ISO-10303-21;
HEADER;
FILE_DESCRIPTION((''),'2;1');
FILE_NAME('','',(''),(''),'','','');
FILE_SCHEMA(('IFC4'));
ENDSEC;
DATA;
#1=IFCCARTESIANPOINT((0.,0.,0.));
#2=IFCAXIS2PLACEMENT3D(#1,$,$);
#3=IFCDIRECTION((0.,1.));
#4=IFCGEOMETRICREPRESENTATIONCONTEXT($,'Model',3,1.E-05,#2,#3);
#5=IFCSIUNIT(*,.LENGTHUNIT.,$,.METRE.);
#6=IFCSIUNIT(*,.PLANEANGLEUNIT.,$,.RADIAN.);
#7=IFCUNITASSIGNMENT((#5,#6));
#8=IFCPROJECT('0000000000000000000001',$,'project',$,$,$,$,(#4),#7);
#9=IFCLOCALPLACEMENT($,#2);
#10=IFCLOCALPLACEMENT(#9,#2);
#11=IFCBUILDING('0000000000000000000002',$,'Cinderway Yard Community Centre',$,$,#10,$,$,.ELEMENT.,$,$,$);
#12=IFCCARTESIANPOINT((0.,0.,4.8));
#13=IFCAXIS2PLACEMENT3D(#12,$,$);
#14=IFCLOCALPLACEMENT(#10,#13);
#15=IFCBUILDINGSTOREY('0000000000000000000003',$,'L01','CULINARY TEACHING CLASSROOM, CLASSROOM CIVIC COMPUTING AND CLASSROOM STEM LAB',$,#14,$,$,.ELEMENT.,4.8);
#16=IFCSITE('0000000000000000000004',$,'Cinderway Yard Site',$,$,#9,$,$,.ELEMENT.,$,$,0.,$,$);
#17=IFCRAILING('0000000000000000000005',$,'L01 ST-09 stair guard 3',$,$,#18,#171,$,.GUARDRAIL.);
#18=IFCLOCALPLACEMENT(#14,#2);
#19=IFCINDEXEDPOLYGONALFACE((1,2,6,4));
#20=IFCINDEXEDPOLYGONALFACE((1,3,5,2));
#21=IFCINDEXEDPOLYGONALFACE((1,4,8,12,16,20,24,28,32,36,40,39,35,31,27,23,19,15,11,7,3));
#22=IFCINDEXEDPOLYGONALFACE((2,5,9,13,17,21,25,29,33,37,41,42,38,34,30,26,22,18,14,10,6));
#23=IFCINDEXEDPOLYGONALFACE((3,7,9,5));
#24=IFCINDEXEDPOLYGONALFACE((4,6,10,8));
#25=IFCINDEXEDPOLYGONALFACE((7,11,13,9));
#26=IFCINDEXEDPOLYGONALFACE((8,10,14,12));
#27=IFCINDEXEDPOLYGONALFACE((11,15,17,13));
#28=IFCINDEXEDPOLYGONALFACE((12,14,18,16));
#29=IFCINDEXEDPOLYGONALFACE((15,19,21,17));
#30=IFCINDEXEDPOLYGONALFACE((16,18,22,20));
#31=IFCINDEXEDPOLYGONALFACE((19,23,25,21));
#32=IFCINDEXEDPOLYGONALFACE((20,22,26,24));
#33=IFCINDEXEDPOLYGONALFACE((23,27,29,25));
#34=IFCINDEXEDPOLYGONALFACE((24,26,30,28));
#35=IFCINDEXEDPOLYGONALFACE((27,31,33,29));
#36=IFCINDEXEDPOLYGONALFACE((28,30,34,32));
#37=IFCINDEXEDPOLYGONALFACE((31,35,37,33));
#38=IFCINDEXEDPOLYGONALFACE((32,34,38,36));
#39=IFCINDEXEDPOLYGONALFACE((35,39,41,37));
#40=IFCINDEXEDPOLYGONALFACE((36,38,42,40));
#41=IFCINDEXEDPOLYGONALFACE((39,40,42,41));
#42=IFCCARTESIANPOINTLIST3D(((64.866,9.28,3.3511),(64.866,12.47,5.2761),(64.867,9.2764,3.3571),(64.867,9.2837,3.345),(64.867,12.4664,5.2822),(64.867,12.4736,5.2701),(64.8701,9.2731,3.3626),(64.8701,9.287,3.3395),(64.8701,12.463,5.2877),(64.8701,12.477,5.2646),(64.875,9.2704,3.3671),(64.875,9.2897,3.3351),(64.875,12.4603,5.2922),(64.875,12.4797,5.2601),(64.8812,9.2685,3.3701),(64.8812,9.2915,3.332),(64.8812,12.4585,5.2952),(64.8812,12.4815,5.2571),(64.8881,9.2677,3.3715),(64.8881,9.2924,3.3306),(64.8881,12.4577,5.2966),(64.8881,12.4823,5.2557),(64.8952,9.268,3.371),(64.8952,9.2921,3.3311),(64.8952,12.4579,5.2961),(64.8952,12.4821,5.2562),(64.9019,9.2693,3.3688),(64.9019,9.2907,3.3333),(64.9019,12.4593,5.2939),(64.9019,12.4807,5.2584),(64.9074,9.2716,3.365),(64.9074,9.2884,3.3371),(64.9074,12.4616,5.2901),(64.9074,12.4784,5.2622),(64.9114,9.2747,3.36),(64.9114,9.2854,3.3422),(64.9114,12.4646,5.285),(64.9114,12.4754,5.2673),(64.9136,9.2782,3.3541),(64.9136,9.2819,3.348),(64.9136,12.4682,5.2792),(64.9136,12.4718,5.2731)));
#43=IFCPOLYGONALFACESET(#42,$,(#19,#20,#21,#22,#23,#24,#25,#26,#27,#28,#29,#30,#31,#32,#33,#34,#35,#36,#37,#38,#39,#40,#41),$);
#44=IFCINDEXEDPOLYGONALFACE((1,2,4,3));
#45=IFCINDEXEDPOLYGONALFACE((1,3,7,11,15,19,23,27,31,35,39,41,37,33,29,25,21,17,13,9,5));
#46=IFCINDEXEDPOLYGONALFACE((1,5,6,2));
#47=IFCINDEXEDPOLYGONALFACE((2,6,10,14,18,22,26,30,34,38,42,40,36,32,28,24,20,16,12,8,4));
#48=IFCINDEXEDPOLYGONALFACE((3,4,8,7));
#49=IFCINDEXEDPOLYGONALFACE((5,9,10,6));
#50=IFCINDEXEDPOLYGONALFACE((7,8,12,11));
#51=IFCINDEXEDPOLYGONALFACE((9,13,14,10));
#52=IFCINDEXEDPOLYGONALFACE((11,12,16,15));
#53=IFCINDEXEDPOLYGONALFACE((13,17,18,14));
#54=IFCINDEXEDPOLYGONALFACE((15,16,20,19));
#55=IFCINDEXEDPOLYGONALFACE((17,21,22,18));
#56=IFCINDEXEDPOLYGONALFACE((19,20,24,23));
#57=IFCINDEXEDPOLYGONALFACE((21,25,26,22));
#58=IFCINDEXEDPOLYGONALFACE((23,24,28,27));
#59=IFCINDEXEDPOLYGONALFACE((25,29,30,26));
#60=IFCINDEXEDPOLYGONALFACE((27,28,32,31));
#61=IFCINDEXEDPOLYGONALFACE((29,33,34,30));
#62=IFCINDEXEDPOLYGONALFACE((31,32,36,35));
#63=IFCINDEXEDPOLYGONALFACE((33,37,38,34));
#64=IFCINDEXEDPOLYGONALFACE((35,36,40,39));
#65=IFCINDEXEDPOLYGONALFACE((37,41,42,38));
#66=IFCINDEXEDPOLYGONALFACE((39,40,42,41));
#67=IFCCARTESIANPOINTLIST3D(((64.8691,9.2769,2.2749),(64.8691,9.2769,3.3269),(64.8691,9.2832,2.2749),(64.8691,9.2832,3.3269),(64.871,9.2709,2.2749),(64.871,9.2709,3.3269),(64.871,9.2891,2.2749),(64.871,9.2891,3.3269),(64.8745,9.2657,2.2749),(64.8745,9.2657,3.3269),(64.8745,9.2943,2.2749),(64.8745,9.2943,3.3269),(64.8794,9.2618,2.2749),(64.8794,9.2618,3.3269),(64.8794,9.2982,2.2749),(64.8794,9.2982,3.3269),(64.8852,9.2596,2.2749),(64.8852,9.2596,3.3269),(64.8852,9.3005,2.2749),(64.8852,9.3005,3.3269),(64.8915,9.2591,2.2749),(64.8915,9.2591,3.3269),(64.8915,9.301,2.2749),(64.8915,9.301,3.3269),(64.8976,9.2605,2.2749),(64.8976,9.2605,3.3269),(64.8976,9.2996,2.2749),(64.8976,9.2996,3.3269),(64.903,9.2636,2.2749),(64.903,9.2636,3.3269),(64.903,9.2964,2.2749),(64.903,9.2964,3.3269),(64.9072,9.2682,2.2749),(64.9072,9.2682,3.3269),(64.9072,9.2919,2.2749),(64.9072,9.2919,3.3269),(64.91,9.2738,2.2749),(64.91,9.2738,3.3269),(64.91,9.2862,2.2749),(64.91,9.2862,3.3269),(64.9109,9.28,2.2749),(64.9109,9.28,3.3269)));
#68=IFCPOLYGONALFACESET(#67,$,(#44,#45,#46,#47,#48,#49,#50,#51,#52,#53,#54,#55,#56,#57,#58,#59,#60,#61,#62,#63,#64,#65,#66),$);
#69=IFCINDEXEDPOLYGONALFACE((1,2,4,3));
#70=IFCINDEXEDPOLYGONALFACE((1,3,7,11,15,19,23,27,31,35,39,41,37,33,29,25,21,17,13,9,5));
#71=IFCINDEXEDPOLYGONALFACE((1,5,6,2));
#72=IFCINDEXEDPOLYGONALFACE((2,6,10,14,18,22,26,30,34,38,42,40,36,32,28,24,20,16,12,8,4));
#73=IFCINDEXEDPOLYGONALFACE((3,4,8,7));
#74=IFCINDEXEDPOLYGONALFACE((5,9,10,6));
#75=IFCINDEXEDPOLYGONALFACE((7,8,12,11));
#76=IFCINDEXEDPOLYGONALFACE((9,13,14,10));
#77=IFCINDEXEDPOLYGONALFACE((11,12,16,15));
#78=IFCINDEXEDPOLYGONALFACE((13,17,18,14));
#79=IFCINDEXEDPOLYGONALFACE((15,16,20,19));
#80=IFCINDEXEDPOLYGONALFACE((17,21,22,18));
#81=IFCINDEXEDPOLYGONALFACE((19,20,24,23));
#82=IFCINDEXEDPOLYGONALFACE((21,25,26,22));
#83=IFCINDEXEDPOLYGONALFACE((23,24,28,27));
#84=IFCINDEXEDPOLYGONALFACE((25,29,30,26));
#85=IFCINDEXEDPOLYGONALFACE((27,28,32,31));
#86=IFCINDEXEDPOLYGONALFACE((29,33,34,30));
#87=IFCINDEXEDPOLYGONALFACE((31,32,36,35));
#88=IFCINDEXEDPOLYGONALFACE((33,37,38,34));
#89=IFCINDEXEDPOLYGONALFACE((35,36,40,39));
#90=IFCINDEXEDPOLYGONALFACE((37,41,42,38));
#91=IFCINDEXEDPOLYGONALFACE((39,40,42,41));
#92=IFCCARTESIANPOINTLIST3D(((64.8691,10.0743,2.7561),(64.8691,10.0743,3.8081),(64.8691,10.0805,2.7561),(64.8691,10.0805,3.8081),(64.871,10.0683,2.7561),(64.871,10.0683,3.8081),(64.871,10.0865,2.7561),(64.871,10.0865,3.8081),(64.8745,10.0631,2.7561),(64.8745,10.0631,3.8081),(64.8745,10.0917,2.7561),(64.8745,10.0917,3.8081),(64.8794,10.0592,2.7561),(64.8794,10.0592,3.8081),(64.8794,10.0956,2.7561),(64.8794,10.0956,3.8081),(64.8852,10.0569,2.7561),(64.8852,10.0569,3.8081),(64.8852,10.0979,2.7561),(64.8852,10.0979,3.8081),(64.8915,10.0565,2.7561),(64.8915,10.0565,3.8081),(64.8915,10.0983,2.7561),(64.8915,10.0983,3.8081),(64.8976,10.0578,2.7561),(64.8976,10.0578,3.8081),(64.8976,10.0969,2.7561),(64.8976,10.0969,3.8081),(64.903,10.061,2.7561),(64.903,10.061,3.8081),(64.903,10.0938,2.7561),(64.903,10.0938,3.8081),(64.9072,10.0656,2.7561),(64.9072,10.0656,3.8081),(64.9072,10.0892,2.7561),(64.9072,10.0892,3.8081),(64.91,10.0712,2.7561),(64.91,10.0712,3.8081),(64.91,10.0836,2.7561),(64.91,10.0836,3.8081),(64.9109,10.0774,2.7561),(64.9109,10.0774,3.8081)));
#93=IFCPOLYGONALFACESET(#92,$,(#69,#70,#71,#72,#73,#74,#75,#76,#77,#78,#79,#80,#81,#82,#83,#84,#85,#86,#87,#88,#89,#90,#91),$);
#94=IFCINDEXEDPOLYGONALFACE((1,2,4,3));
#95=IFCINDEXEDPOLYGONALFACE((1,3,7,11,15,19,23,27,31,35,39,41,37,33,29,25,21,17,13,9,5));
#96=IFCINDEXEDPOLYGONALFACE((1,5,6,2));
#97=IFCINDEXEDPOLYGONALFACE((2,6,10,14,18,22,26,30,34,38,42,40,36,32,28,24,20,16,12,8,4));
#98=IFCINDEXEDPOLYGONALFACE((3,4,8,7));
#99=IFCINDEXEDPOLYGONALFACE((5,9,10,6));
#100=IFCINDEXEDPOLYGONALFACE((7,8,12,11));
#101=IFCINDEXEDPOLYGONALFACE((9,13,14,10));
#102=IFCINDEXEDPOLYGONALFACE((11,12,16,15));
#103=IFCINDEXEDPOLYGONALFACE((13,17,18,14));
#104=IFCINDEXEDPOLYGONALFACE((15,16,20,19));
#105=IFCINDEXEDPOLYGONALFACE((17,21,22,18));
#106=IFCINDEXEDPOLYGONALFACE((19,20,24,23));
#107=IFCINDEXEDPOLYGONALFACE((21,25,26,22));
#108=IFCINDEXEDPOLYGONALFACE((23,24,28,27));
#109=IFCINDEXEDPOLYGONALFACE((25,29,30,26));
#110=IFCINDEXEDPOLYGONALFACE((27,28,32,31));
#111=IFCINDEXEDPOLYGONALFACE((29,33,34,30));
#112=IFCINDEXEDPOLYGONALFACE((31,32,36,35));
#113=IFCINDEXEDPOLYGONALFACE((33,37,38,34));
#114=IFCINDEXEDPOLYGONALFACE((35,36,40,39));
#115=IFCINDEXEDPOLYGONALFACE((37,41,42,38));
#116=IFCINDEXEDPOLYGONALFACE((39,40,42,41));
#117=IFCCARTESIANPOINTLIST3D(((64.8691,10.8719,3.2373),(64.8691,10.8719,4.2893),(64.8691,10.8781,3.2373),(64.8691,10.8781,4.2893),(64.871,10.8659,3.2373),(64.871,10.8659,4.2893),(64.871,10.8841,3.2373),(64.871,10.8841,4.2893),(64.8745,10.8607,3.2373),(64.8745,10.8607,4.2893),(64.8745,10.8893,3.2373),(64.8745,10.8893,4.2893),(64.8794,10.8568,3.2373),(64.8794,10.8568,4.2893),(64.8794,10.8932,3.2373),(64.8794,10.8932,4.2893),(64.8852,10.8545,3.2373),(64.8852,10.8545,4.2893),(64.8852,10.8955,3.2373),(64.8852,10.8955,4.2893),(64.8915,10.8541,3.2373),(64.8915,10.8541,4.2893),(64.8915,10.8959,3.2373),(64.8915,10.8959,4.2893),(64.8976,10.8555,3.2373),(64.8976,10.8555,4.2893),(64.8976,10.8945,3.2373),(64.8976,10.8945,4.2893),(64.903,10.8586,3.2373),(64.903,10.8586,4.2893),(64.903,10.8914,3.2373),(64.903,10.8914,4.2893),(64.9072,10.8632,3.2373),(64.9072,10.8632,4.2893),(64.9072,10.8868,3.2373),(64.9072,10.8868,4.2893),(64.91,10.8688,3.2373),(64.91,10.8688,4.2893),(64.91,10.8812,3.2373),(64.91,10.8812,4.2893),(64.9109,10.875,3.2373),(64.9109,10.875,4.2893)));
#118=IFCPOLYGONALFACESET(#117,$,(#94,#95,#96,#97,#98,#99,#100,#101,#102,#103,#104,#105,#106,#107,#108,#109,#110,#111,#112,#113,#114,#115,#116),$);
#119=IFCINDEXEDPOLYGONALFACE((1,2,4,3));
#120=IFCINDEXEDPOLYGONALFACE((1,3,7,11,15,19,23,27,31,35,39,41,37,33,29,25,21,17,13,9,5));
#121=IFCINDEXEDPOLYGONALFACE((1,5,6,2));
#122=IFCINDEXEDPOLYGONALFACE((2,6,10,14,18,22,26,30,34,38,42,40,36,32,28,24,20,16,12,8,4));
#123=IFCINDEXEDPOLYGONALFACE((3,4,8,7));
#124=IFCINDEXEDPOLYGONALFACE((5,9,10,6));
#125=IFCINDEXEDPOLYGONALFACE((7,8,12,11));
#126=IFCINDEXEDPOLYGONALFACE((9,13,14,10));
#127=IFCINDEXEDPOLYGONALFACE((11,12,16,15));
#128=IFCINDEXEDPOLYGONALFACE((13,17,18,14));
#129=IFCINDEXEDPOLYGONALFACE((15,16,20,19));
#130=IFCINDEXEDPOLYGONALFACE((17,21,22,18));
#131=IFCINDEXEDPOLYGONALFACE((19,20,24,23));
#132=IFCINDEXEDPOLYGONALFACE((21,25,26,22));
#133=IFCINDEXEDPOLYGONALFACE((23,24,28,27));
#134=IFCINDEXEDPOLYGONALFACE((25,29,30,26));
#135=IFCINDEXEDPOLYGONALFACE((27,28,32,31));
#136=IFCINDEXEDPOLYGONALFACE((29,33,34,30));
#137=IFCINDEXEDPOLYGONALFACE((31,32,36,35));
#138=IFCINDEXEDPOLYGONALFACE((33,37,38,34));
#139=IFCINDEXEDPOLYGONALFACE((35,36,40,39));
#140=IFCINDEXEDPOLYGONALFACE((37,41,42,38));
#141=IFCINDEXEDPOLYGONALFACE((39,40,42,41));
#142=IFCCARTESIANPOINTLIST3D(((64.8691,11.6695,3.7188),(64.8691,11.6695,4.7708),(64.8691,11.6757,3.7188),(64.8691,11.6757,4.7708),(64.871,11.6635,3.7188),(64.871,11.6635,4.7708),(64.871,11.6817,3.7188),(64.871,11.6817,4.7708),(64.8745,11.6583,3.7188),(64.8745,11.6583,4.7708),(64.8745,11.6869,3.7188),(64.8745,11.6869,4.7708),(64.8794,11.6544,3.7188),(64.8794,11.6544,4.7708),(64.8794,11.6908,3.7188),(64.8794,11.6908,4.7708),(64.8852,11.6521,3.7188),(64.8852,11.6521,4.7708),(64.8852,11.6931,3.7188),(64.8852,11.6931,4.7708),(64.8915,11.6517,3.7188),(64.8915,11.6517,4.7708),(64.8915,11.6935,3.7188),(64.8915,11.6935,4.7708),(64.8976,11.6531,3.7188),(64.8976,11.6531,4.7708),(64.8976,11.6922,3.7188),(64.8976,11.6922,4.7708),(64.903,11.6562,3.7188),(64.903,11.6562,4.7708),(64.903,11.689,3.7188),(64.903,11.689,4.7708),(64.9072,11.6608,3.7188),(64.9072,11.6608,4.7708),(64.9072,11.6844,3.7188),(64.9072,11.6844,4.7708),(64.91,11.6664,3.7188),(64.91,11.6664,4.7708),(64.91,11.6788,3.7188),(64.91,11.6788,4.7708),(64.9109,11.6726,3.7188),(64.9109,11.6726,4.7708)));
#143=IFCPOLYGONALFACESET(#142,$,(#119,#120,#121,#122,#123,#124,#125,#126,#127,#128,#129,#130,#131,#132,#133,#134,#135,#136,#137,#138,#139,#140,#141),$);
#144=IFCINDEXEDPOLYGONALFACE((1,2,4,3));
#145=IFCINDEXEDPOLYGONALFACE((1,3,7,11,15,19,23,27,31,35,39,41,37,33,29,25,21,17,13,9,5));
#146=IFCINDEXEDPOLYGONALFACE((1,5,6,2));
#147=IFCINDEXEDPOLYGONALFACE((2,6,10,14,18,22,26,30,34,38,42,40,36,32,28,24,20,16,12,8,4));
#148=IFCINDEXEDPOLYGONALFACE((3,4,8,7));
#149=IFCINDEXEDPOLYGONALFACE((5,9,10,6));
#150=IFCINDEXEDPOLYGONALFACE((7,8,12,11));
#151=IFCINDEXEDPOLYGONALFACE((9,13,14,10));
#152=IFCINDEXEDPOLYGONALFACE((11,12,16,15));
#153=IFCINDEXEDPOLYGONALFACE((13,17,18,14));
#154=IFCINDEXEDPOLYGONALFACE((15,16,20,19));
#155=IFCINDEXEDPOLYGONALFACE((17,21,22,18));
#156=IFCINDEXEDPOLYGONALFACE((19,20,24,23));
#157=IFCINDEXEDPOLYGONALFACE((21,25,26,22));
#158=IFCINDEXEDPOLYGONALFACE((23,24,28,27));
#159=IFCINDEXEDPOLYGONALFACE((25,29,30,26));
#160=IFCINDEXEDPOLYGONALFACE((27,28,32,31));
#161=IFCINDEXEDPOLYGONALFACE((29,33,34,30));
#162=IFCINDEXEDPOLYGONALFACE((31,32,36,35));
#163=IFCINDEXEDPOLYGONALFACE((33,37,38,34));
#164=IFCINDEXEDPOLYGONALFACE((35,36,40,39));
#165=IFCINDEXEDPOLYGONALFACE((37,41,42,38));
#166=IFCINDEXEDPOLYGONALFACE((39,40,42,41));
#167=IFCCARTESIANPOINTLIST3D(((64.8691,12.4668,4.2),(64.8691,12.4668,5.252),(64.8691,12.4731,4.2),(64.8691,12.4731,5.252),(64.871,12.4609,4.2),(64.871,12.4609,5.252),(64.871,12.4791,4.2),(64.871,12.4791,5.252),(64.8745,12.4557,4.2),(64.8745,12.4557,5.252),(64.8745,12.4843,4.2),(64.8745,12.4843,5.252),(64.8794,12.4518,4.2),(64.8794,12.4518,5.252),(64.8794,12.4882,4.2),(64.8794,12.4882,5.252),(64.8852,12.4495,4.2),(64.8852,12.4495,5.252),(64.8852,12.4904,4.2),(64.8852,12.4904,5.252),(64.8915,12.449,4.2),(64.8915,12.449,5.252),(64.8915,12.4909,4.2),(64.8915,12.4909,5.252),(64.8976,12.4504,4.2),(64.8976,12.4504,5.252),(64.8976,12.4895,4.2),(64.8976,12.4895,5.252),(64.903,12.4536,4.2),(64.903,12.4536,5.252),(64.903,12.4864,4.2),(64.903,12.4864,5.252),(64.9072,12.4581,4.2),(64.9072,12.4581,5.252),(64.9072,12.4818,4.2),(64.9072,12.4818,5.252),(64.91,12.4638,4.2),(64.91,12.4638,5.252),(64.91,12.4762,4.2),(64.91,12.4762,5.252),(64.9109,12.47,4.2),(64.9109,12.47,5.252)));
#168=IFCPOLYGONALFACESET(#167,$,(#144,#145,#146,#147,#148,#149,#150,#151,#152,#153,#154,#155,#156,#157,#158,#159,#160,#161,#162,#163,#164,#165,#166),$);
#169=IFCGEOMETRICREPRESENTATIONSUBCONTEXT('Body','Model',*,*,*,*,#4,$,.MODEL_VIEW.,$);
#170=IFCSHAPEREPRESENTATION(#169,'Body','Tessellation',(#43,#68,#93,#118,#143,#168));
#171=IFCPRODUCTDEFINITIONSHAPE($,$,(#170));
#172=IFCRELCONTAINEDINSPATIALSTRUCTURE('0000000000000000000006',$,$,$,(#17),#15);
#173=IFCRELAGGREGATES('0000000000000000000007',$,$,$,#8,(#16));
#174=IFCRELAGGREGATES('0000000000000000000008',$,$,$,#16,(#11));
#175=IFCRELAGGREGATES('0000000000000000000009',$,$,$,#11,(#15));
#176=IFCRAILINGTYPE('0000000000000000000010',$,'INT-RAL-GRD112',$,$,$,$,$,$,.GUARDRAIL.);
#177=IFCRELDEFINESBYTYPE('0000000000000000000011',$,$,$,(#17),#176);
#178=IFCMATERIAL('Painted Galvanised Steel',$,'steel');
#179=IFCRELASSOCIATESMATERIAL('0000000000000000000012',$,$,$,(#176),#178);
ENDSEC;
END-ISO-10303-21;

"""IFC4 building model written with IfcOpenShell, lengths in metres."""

from ifc_helpers import new_model, si_unit, direction, frame, origin, origin_2d, place, context, subcontext, project, spatial, circle, extrude, material, type_object, element, save


model = new_model("IFC4")

# Units and contexts
model_context = context("Model", 3, precision=1e-05, world=origin(), true_north=direction((0.0, 1.0)))
body_context = subcontext(model_context, "Body", "Model", "MODEL_VIEW")
ifc_project = project(units=[si_unit("LENGTHUNIT", "METRE"), si_unit("PLANEANGLEUNIT", "RADIAN")], contexts=[model_context])

# Site, building, storey
site_placement = place(None, origin())
site = spatial("IfcSite", under=ifc_project, at=site_placement, Name="Cinderway Yard Site", CompositionType="ELEMENT", RefElevation=0.0)
building_placement = place(site_placement, origin())
building = spatial("IfcBuilding", under=site, at=building_placement, Name="Cinderway Yard Community Centre", CompositionType="ELEMENT")
storey_placement = place(building_placement, frame((0.0, 0.0, 4.8)))
storey = spatial("IfcBuildingStorey", under=building, at=storey_placement, Name="L01", Description="CULINARY TEACHING CLASSROOM, CLASSROOM CIVIC COMPUTING AND CLASSROOM STEM LAB", CompositionType="ELEMENT", Elevation=4.8)

# Shared definitions
ifc_material_1 = material(Name="Painted Galvanised Steel", Category="steel")

# Railing
railing_type_1 = type_object("IfcRailingType", Name="INT-RAL-GRD112", PredefinedType="GUARDRAIL", material=ifc_material_1)
railing_1_placement = place(storey_placement, frame((64.8899, 9.28, 2.2749)))
element("IfcRailing", 1, at=railing_1_placement, inside=storey, type_object=railing_type_1, Name="L01 ST-09 stair guard 3", PredefinedType="GUARDRAIL", context=body_context, shape_type="SweptSolid", body=[
    extrude(circle(Radius=0.0239, at=origin_2d()), frame((0.0, 0.0, 1.0762), z_axis=(0.0, 0.856178, 0.516682), x_axis=(-1.0, 0.0, 0.0)), (0.0, 0.0, 1.0), 3.7258),
    extrude(circle(Radius=0.021, at=origin_2d()), origin(), (0.0, 0.0, 1.0), 1.052),
    extrude(circle(Radius=0.021, at=origin_2d()), frame((0.0, 0.7974, 0.4812)), (0.0, 0.0, 1.0), 1.052),
    extrude(circle(Radius=0.021, at=origin_2d()), frame((0.0, 1.595, 0.9624)), (0.0, 0.0, 1.0), 1.052),
    extrude(circle(Radius=0.021, at=origin_2d()), frame((0.0, 2.3926, 1.4438)), (0.0, 0.0, 1.0), 1.052),
    extrude(circle(Radius=0.021, at=origin_2d()), frame((0.0, 3.1899, 1.925)), (0.0, 0.0, 1.0), 1.052),
])

save(model, "model.ifc")
